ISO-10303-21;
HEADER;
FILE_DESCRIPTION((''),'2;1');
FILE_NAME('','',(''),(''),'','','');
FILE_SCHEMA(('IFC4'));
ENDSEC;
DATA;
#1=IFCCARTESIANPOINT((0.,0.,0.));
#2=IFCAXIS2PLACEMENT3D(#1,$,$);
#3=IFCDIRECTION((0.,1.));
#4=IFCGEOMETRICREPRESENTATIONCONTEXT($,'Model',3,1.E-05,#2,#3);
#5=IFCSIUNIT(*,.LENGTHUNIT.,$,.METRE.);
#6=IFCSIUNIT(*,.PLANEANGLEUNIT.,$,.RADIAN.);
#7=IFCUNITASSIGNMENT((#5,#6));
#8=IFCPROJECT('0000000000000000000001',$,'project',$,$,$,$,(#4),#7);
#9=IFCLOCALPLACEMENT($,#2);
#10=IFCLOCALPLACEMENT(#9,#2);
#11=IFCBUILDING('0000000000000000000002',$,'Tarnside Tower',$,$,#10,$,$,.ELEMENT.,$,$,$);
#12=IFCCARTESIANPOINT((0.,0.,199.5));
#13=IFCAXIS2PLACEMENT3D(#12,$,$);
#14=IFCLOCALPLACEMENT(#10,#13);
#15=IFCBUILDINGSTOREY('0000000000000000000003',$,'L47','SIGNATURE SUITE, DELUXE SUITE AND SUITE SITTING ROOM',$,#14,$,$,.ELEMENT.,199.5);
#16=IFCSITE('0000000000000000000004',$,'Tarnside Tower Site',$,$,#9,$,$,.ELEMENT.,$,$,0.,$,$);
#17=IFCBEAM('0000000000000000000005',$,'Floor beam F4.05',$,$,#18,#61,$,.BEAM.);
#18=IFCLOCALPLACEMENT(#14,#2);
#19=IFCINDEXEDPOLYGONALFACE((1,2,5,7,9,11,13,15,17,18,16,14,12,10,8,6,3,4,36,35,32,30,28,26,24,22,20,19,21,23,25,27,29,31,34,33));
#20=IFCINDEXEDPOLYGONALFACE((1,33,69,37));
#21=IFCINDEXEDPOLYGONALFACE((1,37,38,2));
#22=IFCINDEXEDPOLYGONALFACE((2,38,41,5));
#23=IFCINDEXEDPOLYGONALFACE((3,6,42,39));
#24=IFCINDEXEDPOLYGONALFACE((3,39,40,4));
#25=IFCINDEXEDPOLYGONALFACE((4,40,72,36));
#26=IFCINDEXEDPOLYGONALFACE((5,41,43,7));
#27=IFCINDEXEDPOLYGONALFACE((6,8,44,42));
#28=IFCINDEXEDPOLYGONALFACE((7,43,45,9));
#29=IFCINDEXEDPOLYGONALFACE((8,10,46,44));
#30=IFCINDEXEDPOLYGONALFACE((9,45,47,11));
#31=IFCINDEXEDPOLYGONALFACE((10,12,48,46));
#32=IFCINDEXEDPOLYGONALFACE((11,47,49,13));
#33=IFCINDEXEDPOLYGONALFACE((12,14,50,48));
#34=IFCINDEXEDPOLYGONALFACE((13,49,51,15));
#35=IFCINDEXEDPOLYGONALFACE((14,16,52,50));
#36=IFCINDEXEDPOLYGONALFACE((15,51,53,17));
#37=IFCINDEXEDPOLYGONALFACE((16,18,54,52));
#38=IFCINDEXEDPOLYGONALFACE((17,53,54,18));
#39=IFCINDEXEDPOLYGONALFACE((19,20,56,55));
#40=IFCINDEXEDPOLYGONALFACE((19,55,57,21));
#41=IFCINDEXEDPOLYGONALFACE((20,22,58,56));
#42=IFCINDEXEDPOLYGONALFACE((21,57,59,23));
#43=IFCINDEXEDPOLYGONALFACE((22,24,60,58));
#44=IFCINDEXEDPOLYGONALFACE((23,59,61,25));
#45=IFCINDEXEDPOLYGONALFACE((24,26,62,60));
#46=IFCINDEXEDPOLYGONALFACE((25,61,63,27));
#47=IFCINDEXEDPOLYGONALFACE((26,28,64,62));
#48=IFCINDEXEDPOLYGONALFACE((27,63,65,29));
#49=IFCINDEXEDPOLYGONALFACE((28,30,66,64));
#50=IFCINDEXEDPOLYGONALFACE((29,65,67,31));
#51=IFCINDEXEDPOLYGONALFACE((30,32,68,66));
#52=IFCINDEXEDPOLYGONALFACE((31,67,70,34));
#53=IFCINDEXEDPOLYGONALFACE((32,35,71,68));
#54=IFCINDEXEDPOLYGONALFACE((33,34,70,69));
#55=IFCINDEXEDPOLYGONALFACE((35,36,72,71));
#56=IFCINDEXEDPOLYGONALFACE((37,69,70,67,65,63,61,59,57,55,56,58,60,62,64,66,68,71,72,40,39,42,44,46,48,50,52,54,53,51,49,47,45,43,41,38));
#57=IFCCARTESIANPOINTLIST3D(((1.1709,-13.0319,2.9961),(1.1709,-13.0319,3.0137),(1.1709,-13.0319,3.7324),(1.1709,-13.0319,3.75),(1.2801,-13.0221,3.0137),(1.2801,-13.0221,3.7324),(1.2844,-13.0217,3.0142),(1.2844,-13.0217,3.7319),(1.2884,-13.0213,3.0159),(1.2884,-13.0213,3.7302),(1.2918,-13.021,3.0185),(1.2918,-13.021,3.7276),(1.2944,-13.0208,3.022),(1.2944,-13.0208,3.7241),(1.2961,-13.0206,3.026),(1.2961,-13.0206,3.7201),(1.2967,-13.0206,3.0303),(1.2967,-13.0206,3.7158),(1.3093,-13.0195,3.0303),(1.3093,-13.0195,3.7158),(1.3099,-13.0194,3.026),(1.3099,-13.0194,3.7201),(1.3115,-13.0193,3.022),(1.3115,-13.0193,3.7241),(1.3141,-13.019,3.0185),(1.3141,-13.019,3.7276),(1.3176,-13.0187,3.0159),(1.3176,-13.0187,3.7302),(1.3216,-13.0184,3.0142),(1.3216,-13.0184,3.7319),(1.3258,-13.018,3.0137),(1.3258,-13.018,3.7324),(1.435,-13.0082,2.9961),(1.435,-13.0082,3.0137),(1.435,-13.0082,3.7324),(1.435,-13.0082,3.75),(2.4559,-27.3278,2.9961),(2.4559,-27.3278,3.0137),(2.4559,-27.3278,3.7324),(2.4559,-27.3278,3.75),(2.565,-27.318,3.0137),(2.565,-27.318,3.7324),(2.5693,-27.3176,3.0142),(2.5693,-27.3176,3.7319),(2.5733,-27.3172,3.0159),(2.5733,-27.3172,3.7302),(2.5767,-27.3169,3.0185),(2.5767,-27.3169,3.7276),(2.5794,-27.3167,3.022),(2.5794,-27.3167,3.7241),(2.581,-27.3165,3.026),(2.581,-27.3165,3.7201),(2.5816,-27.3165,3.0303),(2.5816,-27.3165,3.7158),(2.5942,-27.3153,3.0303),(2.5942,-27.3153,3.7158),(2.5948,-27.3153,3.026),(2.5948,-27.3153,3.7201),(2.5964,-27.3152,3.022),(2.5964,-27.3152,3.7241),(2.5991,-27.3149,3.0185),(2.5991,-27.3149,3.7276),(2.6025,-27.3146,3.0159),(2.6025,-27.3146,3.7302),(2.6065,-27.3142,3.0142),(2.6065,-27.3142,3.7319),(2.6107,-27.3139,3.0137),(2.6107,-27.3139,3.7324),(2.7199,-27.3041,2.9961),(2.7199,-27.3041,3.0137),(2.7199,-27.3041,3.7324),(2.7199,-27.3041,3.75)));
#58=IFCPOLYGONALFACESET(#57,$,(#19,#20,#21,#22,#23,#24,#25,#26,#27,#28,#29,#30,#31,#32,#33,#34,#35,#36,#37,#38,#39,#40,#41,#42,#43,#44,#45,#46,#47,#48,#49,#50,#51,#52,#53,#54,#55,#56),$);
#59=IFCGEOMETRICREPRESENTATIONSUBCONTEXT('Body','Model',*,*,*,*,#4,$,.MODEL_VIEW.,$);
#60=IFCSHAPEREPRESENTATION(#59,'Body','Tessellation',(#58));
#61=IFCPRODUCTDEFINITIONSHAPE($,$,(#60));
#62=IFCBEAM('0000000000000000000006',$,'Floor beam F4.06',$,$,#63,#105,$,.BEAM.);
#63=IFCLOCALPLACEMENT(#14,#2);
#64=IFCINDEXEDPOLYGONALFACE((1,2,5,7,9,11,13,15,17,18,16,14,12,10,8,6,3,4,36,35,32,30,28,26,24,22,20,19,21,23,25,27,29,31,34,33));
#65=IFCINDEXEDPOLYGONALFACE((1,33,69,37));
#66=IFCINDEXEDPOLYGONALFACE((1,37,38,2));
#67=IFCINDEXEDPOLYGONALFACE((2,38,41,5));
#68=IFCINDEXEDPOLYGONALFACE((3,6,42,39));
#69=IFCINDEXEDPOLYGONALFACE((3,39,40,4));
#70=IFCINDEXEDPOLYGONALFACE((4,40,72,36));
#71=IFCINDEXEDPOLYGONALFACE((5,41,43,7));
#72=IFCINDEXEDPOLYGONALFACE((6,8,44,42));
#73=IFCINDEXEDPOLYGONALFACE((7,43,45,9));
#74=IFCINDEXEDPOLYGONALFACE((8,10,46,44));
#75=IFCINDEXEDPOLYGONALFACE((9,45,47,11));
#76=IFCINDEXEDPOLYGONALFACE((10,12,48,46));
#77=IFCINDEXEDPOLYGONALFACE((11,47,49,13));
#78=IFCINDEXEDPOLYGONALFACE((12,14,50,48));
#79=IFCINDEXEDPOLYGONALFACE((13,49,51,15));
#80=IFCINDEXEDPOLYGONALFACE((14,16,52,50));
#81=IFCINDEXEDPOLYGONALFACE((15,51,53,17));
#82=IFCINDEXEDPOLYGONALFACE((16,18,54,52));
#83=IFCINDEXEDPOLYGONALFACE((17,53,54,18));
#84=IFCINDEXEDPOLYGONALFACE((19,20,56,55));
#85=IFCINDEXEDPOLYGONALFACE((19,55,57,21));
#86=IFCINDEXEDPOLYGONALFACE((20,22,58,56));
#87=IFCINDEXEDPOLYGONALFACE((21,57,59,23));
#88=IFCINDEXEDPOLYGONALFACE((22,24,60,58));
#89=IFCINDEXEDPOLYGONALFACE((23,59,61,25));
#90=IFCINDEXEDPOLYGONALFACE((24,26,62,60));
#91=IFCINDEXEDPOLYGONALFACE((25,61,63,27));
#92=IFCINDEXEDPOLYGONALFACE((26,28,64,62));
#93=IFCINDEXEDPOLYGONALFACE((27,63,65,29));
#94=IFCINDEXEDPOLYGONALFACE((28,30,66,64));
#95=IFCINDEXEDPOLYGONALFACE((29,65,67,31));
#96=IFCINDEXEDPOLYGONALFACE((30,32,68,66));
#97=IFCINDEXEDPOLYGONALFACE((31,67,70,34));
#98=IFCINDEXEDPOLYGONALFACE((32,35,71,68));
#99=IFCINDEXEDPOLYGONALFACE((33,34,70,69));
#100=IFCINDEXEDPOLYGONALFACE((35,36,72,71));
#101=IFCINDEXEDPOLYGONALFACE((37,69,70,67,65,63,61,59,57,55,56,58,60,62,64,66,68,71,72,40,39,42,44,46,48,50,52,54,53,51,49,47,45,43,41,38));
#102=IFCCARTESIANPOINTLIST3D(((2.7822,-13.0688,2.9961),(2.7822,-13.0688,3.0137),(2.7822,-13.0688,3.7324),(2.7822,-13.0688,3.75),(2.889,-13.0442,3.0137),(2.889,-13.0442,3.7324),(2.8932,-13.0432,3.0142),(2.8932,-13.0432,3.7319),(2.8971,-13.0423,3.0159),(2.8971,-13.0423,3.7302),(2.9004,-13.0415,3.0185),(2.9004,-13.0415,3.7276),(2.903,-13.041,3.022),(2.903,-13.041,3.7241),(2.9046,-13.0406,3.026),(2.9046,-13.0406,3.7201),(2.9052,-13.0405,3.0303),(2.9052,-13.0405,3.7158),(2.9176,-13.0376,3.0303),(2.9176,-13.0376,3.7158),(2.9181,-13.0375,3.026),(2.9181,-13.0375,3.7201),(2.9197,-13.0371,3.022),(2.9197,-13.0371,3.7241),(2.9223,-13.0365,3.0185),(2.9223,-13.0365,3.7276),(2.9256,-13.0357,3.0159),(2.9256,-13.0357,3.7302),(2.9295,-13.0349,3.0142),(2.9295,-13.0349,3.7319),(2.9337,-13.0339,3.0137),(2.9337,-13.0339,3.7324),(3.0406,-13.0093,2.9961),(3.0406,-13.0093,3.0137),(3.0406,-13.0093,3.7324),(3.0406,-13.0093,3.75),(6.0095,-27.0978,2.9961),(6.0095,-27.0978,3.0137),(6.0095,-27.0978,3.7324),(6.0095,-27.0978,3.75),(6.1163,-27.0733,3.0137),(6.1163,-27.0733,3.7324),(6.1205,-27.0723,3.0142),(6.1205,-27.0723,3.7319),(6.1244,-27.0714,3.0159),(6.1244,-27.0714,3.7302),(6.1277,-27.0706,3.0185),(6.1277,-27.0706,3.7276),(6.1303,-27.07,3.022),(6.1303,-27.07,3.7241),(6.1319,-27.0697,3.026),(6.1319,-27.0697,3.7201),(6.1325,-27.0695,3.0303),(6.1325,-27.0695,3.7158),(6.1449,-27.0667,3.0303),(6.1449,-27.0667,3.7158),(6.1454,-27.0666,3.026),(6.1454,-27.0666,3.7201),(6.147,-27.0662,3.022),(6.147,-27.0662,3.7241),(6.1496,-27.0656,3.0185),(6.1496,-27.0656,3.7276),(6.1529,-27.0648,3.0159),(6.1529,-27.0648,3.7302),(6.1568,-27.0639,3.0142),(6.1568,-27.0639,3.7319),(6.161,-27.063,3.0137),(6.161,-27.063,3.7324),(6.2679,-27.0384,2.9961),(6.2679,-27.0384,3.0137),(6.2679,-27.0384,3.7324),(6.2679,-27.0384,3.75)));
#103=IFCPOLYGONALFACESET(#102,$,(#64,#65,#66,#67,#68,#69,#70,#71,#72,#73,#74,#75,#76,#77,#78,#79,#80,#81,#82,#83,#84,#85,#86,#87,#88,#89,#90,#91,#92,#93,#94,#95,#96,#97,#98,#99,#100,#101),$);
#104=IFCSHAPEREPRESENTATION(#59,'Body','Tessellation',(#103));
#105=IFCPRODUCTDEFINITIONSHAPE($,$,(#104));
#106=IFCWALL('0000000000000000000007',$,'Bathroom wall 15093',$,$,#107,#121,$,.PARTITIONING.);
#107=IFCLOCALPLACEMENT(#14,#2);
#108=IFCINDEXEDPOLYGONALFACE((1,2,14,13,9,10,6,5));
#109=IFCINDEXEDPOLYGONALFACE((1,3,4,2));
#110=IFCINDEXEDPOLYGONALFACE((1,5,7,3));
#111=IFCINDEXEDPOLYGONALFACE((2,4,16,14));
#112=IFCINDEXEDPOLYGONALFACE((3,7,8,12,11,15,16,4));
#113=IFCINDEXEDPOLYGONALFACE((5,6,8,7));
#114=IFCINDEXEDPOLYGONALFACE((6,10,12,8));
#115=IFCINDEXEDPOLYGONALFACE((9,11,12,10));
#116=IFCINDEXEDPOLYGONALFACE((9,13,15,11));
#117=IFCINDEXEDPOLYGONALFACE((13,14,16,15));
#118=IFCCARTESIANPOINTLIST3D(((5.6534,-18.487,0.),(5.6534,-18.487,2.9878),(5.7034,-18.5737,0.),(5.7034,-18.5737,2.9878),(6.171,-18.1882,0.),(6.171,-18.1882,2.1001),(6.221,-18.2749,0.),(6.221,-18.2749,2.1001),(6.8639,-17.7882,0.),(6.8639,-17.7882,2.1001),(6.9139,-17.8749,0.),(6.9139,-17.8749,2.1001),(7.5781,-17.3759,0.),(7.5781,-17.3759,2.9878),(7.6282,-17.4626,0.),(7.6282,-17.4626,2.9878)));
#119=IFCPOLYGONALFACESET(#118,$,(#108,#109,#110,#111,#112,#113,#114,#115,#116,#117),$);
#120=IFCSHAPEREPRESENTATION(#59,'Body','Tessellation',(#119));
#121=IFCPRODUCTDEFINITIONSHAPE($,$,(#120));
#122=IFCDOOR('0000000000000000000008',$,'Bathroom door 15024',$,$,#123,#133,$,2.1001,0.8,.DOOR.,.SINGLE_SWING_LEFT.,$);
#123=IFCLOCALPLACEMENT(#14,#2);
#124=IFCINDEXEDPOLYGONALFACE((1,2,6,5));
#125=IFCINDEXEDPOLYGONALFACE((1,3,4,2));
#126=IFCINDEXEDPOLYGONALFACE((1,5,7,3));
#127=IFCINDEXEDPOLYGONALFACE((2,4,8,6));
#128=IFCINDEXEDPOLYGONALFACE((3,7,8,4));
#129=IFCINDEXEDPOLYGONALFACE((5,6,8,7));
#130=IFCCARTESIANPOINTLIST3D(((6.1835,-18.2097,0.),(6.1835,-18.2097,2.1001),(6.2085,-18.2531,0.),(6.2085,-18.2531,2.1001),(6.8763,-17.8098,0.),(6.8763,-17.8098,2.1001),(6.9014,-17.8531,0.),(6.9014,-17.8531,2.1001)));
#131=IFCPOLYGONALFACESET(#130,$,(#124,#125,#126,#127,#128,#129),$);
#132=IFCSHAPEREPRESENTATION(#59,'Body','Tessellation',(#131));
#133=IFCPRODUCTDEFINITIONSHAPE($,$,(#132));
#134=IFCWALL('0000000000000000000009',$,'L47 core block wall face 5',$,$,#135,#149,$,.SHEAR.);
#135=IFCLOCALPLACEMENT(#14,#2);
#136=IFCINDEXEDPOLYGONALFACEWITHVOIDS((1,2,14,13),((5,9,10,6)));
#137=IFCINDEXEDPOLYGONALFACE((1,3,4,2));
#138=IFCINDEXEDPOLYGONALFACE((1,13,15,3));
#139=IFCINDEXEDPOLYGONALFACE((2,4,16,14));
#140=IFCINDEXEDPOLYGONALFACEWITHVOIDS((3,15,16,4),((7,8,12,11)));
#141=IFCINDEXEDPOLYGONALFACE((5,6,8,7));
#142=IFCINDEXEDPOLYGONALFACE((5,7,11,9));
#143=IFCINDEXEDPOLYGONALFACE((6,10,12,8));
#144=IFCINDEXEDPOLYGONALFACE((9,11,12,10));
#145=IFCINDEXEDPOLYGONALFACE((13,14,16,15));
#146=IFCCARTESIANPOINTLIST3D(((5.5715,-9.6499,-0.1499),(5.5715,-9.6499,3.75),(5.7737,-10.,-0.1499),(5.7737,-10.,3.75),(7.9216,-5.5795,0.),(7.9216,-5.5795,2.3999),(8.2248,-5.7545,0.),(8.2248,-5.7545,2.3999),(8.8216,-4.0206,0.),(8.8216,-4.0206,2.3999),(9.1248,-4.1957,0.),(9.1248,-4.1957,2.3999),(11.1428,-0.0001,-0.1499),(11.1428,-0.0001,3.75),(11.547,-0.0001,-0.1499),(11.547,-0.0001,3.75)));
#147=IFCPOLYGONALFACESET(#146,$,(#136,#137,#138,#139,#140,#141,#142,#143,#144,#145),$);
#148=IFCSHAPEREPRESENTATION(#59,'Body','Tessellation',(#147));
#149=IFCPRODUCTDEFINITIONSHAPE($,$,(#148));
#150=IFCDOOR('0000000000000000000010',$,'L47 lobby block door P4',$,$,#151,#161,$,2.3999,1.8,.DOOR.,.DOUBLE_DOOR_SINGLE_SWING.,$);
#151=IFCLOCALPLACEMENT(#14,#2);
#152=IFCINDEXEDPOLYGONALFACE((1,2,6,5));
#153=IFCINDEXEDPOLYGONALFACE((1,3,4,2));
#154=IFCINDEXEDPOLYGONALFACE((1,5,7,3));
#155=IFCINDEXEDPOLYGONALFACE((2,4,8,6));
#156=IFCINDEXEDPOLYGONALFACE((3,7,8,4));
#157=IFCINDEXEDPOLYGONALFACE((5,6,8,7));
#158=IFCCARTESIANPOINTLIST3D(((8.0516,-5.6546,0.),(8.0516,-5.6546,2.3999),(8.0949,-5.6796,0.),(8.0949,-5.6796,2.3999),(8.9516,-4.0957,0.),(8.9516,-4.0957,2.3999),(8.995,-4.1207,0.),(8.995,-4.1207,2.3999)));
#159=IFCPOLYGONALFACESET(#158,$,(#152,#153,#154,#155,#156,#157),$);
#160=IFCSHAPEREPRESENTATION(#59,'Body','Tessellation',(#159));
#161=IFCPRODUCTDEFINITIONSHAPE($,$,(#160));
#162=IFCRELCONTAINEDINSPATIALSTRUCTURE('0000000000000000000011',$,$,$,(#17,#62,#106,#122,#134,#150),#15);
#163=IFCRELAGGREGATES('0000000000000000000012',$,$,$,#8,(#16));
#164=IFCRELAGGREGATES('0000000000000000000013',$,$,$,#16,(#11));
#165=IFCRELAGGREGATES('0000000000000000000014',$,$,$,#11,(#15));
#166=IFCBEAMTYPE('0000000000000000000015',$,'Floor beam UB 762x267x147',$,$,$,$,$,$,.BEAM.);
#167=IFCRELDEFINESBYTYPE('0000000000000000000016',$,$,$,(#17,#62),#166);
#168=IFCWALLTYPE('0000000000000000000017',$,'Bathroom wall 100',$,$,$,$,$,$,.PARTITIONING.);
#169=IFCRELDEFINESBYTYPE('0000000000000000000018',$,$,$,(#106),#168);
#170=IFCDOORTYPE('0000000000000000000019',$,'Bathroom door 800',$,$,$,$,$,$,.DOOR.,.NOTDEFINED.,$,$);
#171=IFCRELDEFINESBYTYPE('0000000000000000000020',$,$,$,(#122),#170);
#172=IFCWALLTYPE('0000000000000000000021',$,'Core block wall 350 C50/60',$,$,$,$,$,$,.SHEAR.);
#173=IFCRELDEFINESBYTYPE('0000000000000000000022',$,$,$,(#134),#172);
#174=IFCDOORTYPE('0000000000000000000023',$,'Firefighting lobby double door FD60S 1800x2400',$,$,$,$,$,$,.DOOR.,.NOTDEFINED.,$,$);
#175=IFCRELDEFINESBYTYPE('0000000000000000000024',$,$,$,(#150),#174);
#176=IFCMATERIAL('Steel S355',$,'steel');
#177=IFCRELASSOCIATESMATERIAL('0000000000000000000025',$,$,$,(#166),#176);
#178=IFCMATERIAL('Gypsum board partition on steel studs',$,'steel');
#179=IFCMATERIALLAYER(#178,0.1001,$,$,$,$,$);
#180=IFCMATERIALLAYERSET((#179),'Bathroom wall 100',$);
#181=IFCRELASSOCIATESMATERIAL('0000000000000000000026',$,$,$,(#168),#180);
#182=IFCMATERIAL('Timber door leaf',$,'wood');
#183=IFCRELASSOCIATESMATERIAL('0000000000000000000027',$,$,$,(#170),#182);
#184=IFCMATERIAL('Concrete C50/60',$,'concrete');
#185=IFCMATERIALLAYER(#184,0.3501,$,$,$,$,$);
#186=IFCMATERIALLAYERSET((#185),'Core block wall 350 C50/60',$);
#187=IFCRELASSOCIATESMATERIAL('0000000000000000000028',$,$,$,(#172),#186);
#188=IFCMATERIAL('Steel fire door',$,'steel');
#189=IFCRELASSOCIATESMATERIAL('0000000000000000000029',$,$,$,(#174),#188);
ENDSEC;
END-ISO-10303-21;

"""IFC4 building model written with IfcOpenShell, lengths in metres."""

from ifc_helpers import new_model, si_unit, direction, frame, frame_2d, origin, origin_2d, place, context, subcontext, project, spatial, polyline, rectangle, i_section, outline, extrude, material, layer, layer_set, material_profile, profile_set, type_object, element, fill, save


model = new_model("IFC4")

# Units and contexts
model_context = context("Model", 3, precision=1e-05, world=origin(), true_north=direction((0.0, 1.0)))
body_context = subcontext(model_context, "Body", "Model", "MODEL_VIEW")
ifc_project = project(units=[si_unit("LENGTHUNIT", "METRE"), si_unit("PLANEANGLEUNIT", "RADIAN")], contexts=[model_context])

# Site, building, storey
site_placement = place(None, origin())
site = spatial("IfcSite", under=ifc_project, at=site_placement, Name="Tarnside Tower Site", CompositionType="ELEMENT", RefElevation=0.0)
building_placement = place(site_placement, origin())
building = spatial("IfcBuilding", under=site, at=building_placement, Name="Tarnside Tower", CompositionType="ELEMENT")
storey_placement = place(building_placement, frame((0.0, 0.0, 199.5)))
storey = spatial("IfcBuildingStorey", under=building, at=storey_placement, Name="L47", Description="SIGNATURE SUITE, DELUXE SUITE AND SUITE SITTING ROOM", CompositionType="ELEMENT", Elevation=199.5)

# Beams
ifc_material_1 = material(Name="Steel S355", Category="steel")
ifc_material_profile = material_profile(ifc_material_1, i_section(OverallWidth=0.2651, OverallDepth=0.7539, WebThickness=0.0127, FlangeThickness=0.0176, FilletRadius=0.0166, at=origin_2d()), Name="UB 762x267x147")
ifc_profile_set = profile_set([ifc_material_profile], Name="Steel S355")
beam_type = type_object("IfcBeamType", Name="Floor beam UB 762x267x147", PredefinedType="BEAM", material=ifc_profile_set)
beam_1_placement = place(storey_placement, frame((2.5879, -27.3159, 3.373), z_axis=(-0.089519, 0.995985, 0.0), x_axis=(-0.995985, -0.089519, 0.0)))
element("IfcBeam", 1, at=beam_1_placement, inside=storey, type_object=beam_type, Name="Floor beam F4.05", PredefinedType="BEAM", context=body_context, shape_type="SweptSolid", body=[
    extrude(i_section(OverallWidth=0.2651, OverallDepth=0.7539, WebThickness=0.0127, FlangeThickness=0.0176, FilletRadius=0.0166, at=origin_2d()), origin(), (0.0, 0.0, 1.0), 14.3535),
])
beam_2_placement = place(storey_placement, frame((6.1387, -27.0681, 3.373), z_axis=(-0.224188, 0.974546, 0.0), x_axis=(-0.974546, -0.224188, 0.0)))
element("IfcBeam", 2, at=beam_2_placement, inside=storey, type_object=beam_type, Name="Floor beam F4.06", PredefinedType="BEAM", context=body_context, shape_type="SweptSolid", body=[
    extrude(i_section(OverallWidth=0.2651, OverallDepth=0.7539, WebThickness=0.0127, FlangeThickness=0.0176, FilletRadius=0.0166, at=origin_2d()), origin(), (0.0, 0.0, 1.0), 14.3955),
])

# Walls, openings, doors
ifc_material_2 = material(Name="Gypsum board partition on steel studs", Category="steel")
ifc_layer_1 = layer(ifc_material_2, 0.1001)
ifc_layer_set_1 = layer_set([ifc_layer_1], Name="Bathroom wall 100")
wall_type_1 = type_object("IfcWallType", Name="Bathroom wall 100", PredefinedType="PARTITIONING", material=ifc_layer_set_1)
wall_1_placement = place(storey_placement, frame((7.6033, -17.4192, 0.0), z_axis=(0.0, 0.0, 1.0), x_axis=(-0.866065, -0.499932, 0.0)))
wall_1 = element("IfcWall", 3, at=wall_1_placement, inside=storey, type_object=wall_type_1, Name="Bathroom wall 15093", PredefinedType="PARTITIONING", context=body_context, shape_type="SweptSolid", body=[
    extrude(rectangle(XDim=2.2224, YDim=0.1001, at=frame_2d((1.1113, 0.0))), origin(), (0.0, 0.0, 1.0), 2.9878),
])
opening_1_placement = place(wall_1_placement, frame((0.825, 0.0, 0.0)))
opening_1 = element("IfcOpeningElement", 4, at=opening_1_placement, cuts=wall_1, PredefinedType="OPENING", context=body_context, shape_type="SweptSolid", body=[
    extrude(rectangle(XDim=0.8, YDim=2.1001, at=frame_2d((0.3999, 1.05))), frame((0.0, 0.0601, 0.0), z_axis=(0.0, -1.0, 0.0), x_axis=(1.0, 0.0, 0.0)), (0.0, 0.0, 1.0), 0.1201),
])
ifc_material_3 = material(Name="Timber door leaf", Category="wood")
door_type_1 = type_object("IfcDoorType", Name="Bathroom door 800", OperationType="NOTDEFINED", PredefinedType="DOOR", material=ifc_material_3)
door_1_placement = place(opening_1_placement, origin())
door_1 = element("IfcDoor", 5, at=door_1_placement, inside=storey, type_object=door_type_1, Name="Bathroom door 15024", OperationType="SINGLE_SWING_LEFT", OverallHeight=2.1001, OverallWidth=0.8, PredefinedType="DOOR", context=body_context, shape_type="SweptSolid", body=[
    extrude(rectangle(XDim=0.8, YDim=2.1001, at=frame_2d((0.3999, 1.05))), frame((0.0, 0.0249, 0.0), z_axis=(0.0, -1.0, 0.0), x_axis=(1.0, 0.0, 0.0)), (0.0, 0.0, 1.0), 0.05),
])
fill(opening_1, door_1)
ifc_material_4 = material(Name="Concrete C50/60", Category="concrete")
ifc_layer_2 = layer(ifc_material_4, 0.3501)
ifc_layer_set_2 = layer_set([ifc_layer_2], Name="Core block wall 350 C50/60")
wall_type_2 = type_object("IfcWallType", Name="Core block wall 350 C50/60", PredefinedType="SHEAR", material=ifc_layer_set_2)
wall_2_placement = place(storey_placement, frame((5.6726, -9.825, -0.1499), z_axis=(0.0, 0.0, 1.0), x_axis=(0.499995, 0.866028, 0.0)))
wall_2 = element("IfcWall", 6, at=wall_2_placement, inside=storey, type_object=wall_type_2, Name="L47 core block wall face 5", PredefinedType="SHEAR", context=body_context, shape_type="SweptSolid", body=[
    extrude(outline(polyline([(-0.1011, -0.175), (11.4458, -0.175), (11.2437, 0.175), (0.1011, 0.175), (-0.1011, -0.175)])), origin(), (0.0, 0.0, 1.0), 3.8999),
])
opening_2_placement = place(wall_2_placement, frame((4.8013, 0.0, 0.1499)))
opening_2 = element("IfcOpeningElement", 7, at=opening_2_placement, cuts=wall_2, PredefinedType="OPENING", context=body_context, shape_type="SweptSolid", body=[
    extrude(rectangle(XDim=1.8, YDim=2.3999, at=frame_2d((0.8999, 1.2))), frame((0.0, 0.1851, 0.0), z_axis=(0.0, -1.0, 0.0), x_axis=(1.0, 0.0, 0.0)), (0.0, 0.0, 1.0), 0.3701),
])
ifc_material_5 = material(Name="Steel fire door", Category="steel")
door_type_2 = type_object("IfcDoorType", Name="Firefighting lobby double door FD60S 1800x2400", OperationType="NOTDEFINED", PredefinedType="DOOR", material=ifc_material_5)
door_2_placement = place(opening_2_placement, origin())
door_2 = element("IfcDoor", 8, at=door_2_placement, inside=storey, type_object=door_type_2, Name="L47 lobby block door P4", OperationType="DOUBLE_DOOR_SINGLE_SWING", OverallHeight=2.3999, OverallWidth=1.8, PredefinedType="DOOR", context=body_context, shape_type="SweptSolid", body=[
    extrude(rectangle(XDim=1.8, YDim=2.3999, at=frame_2d((0.8999, 1.2))), frame((0.0, 0.0249, 0.0), z_axis=(0.0, -1.0, 0.0), x_axis=(1.0, 0.0, 0.0)), (0.0, 0.0, 1.0), 0.05),
])
fill(opening_2, door_2)

save(model, "model.ifc")
